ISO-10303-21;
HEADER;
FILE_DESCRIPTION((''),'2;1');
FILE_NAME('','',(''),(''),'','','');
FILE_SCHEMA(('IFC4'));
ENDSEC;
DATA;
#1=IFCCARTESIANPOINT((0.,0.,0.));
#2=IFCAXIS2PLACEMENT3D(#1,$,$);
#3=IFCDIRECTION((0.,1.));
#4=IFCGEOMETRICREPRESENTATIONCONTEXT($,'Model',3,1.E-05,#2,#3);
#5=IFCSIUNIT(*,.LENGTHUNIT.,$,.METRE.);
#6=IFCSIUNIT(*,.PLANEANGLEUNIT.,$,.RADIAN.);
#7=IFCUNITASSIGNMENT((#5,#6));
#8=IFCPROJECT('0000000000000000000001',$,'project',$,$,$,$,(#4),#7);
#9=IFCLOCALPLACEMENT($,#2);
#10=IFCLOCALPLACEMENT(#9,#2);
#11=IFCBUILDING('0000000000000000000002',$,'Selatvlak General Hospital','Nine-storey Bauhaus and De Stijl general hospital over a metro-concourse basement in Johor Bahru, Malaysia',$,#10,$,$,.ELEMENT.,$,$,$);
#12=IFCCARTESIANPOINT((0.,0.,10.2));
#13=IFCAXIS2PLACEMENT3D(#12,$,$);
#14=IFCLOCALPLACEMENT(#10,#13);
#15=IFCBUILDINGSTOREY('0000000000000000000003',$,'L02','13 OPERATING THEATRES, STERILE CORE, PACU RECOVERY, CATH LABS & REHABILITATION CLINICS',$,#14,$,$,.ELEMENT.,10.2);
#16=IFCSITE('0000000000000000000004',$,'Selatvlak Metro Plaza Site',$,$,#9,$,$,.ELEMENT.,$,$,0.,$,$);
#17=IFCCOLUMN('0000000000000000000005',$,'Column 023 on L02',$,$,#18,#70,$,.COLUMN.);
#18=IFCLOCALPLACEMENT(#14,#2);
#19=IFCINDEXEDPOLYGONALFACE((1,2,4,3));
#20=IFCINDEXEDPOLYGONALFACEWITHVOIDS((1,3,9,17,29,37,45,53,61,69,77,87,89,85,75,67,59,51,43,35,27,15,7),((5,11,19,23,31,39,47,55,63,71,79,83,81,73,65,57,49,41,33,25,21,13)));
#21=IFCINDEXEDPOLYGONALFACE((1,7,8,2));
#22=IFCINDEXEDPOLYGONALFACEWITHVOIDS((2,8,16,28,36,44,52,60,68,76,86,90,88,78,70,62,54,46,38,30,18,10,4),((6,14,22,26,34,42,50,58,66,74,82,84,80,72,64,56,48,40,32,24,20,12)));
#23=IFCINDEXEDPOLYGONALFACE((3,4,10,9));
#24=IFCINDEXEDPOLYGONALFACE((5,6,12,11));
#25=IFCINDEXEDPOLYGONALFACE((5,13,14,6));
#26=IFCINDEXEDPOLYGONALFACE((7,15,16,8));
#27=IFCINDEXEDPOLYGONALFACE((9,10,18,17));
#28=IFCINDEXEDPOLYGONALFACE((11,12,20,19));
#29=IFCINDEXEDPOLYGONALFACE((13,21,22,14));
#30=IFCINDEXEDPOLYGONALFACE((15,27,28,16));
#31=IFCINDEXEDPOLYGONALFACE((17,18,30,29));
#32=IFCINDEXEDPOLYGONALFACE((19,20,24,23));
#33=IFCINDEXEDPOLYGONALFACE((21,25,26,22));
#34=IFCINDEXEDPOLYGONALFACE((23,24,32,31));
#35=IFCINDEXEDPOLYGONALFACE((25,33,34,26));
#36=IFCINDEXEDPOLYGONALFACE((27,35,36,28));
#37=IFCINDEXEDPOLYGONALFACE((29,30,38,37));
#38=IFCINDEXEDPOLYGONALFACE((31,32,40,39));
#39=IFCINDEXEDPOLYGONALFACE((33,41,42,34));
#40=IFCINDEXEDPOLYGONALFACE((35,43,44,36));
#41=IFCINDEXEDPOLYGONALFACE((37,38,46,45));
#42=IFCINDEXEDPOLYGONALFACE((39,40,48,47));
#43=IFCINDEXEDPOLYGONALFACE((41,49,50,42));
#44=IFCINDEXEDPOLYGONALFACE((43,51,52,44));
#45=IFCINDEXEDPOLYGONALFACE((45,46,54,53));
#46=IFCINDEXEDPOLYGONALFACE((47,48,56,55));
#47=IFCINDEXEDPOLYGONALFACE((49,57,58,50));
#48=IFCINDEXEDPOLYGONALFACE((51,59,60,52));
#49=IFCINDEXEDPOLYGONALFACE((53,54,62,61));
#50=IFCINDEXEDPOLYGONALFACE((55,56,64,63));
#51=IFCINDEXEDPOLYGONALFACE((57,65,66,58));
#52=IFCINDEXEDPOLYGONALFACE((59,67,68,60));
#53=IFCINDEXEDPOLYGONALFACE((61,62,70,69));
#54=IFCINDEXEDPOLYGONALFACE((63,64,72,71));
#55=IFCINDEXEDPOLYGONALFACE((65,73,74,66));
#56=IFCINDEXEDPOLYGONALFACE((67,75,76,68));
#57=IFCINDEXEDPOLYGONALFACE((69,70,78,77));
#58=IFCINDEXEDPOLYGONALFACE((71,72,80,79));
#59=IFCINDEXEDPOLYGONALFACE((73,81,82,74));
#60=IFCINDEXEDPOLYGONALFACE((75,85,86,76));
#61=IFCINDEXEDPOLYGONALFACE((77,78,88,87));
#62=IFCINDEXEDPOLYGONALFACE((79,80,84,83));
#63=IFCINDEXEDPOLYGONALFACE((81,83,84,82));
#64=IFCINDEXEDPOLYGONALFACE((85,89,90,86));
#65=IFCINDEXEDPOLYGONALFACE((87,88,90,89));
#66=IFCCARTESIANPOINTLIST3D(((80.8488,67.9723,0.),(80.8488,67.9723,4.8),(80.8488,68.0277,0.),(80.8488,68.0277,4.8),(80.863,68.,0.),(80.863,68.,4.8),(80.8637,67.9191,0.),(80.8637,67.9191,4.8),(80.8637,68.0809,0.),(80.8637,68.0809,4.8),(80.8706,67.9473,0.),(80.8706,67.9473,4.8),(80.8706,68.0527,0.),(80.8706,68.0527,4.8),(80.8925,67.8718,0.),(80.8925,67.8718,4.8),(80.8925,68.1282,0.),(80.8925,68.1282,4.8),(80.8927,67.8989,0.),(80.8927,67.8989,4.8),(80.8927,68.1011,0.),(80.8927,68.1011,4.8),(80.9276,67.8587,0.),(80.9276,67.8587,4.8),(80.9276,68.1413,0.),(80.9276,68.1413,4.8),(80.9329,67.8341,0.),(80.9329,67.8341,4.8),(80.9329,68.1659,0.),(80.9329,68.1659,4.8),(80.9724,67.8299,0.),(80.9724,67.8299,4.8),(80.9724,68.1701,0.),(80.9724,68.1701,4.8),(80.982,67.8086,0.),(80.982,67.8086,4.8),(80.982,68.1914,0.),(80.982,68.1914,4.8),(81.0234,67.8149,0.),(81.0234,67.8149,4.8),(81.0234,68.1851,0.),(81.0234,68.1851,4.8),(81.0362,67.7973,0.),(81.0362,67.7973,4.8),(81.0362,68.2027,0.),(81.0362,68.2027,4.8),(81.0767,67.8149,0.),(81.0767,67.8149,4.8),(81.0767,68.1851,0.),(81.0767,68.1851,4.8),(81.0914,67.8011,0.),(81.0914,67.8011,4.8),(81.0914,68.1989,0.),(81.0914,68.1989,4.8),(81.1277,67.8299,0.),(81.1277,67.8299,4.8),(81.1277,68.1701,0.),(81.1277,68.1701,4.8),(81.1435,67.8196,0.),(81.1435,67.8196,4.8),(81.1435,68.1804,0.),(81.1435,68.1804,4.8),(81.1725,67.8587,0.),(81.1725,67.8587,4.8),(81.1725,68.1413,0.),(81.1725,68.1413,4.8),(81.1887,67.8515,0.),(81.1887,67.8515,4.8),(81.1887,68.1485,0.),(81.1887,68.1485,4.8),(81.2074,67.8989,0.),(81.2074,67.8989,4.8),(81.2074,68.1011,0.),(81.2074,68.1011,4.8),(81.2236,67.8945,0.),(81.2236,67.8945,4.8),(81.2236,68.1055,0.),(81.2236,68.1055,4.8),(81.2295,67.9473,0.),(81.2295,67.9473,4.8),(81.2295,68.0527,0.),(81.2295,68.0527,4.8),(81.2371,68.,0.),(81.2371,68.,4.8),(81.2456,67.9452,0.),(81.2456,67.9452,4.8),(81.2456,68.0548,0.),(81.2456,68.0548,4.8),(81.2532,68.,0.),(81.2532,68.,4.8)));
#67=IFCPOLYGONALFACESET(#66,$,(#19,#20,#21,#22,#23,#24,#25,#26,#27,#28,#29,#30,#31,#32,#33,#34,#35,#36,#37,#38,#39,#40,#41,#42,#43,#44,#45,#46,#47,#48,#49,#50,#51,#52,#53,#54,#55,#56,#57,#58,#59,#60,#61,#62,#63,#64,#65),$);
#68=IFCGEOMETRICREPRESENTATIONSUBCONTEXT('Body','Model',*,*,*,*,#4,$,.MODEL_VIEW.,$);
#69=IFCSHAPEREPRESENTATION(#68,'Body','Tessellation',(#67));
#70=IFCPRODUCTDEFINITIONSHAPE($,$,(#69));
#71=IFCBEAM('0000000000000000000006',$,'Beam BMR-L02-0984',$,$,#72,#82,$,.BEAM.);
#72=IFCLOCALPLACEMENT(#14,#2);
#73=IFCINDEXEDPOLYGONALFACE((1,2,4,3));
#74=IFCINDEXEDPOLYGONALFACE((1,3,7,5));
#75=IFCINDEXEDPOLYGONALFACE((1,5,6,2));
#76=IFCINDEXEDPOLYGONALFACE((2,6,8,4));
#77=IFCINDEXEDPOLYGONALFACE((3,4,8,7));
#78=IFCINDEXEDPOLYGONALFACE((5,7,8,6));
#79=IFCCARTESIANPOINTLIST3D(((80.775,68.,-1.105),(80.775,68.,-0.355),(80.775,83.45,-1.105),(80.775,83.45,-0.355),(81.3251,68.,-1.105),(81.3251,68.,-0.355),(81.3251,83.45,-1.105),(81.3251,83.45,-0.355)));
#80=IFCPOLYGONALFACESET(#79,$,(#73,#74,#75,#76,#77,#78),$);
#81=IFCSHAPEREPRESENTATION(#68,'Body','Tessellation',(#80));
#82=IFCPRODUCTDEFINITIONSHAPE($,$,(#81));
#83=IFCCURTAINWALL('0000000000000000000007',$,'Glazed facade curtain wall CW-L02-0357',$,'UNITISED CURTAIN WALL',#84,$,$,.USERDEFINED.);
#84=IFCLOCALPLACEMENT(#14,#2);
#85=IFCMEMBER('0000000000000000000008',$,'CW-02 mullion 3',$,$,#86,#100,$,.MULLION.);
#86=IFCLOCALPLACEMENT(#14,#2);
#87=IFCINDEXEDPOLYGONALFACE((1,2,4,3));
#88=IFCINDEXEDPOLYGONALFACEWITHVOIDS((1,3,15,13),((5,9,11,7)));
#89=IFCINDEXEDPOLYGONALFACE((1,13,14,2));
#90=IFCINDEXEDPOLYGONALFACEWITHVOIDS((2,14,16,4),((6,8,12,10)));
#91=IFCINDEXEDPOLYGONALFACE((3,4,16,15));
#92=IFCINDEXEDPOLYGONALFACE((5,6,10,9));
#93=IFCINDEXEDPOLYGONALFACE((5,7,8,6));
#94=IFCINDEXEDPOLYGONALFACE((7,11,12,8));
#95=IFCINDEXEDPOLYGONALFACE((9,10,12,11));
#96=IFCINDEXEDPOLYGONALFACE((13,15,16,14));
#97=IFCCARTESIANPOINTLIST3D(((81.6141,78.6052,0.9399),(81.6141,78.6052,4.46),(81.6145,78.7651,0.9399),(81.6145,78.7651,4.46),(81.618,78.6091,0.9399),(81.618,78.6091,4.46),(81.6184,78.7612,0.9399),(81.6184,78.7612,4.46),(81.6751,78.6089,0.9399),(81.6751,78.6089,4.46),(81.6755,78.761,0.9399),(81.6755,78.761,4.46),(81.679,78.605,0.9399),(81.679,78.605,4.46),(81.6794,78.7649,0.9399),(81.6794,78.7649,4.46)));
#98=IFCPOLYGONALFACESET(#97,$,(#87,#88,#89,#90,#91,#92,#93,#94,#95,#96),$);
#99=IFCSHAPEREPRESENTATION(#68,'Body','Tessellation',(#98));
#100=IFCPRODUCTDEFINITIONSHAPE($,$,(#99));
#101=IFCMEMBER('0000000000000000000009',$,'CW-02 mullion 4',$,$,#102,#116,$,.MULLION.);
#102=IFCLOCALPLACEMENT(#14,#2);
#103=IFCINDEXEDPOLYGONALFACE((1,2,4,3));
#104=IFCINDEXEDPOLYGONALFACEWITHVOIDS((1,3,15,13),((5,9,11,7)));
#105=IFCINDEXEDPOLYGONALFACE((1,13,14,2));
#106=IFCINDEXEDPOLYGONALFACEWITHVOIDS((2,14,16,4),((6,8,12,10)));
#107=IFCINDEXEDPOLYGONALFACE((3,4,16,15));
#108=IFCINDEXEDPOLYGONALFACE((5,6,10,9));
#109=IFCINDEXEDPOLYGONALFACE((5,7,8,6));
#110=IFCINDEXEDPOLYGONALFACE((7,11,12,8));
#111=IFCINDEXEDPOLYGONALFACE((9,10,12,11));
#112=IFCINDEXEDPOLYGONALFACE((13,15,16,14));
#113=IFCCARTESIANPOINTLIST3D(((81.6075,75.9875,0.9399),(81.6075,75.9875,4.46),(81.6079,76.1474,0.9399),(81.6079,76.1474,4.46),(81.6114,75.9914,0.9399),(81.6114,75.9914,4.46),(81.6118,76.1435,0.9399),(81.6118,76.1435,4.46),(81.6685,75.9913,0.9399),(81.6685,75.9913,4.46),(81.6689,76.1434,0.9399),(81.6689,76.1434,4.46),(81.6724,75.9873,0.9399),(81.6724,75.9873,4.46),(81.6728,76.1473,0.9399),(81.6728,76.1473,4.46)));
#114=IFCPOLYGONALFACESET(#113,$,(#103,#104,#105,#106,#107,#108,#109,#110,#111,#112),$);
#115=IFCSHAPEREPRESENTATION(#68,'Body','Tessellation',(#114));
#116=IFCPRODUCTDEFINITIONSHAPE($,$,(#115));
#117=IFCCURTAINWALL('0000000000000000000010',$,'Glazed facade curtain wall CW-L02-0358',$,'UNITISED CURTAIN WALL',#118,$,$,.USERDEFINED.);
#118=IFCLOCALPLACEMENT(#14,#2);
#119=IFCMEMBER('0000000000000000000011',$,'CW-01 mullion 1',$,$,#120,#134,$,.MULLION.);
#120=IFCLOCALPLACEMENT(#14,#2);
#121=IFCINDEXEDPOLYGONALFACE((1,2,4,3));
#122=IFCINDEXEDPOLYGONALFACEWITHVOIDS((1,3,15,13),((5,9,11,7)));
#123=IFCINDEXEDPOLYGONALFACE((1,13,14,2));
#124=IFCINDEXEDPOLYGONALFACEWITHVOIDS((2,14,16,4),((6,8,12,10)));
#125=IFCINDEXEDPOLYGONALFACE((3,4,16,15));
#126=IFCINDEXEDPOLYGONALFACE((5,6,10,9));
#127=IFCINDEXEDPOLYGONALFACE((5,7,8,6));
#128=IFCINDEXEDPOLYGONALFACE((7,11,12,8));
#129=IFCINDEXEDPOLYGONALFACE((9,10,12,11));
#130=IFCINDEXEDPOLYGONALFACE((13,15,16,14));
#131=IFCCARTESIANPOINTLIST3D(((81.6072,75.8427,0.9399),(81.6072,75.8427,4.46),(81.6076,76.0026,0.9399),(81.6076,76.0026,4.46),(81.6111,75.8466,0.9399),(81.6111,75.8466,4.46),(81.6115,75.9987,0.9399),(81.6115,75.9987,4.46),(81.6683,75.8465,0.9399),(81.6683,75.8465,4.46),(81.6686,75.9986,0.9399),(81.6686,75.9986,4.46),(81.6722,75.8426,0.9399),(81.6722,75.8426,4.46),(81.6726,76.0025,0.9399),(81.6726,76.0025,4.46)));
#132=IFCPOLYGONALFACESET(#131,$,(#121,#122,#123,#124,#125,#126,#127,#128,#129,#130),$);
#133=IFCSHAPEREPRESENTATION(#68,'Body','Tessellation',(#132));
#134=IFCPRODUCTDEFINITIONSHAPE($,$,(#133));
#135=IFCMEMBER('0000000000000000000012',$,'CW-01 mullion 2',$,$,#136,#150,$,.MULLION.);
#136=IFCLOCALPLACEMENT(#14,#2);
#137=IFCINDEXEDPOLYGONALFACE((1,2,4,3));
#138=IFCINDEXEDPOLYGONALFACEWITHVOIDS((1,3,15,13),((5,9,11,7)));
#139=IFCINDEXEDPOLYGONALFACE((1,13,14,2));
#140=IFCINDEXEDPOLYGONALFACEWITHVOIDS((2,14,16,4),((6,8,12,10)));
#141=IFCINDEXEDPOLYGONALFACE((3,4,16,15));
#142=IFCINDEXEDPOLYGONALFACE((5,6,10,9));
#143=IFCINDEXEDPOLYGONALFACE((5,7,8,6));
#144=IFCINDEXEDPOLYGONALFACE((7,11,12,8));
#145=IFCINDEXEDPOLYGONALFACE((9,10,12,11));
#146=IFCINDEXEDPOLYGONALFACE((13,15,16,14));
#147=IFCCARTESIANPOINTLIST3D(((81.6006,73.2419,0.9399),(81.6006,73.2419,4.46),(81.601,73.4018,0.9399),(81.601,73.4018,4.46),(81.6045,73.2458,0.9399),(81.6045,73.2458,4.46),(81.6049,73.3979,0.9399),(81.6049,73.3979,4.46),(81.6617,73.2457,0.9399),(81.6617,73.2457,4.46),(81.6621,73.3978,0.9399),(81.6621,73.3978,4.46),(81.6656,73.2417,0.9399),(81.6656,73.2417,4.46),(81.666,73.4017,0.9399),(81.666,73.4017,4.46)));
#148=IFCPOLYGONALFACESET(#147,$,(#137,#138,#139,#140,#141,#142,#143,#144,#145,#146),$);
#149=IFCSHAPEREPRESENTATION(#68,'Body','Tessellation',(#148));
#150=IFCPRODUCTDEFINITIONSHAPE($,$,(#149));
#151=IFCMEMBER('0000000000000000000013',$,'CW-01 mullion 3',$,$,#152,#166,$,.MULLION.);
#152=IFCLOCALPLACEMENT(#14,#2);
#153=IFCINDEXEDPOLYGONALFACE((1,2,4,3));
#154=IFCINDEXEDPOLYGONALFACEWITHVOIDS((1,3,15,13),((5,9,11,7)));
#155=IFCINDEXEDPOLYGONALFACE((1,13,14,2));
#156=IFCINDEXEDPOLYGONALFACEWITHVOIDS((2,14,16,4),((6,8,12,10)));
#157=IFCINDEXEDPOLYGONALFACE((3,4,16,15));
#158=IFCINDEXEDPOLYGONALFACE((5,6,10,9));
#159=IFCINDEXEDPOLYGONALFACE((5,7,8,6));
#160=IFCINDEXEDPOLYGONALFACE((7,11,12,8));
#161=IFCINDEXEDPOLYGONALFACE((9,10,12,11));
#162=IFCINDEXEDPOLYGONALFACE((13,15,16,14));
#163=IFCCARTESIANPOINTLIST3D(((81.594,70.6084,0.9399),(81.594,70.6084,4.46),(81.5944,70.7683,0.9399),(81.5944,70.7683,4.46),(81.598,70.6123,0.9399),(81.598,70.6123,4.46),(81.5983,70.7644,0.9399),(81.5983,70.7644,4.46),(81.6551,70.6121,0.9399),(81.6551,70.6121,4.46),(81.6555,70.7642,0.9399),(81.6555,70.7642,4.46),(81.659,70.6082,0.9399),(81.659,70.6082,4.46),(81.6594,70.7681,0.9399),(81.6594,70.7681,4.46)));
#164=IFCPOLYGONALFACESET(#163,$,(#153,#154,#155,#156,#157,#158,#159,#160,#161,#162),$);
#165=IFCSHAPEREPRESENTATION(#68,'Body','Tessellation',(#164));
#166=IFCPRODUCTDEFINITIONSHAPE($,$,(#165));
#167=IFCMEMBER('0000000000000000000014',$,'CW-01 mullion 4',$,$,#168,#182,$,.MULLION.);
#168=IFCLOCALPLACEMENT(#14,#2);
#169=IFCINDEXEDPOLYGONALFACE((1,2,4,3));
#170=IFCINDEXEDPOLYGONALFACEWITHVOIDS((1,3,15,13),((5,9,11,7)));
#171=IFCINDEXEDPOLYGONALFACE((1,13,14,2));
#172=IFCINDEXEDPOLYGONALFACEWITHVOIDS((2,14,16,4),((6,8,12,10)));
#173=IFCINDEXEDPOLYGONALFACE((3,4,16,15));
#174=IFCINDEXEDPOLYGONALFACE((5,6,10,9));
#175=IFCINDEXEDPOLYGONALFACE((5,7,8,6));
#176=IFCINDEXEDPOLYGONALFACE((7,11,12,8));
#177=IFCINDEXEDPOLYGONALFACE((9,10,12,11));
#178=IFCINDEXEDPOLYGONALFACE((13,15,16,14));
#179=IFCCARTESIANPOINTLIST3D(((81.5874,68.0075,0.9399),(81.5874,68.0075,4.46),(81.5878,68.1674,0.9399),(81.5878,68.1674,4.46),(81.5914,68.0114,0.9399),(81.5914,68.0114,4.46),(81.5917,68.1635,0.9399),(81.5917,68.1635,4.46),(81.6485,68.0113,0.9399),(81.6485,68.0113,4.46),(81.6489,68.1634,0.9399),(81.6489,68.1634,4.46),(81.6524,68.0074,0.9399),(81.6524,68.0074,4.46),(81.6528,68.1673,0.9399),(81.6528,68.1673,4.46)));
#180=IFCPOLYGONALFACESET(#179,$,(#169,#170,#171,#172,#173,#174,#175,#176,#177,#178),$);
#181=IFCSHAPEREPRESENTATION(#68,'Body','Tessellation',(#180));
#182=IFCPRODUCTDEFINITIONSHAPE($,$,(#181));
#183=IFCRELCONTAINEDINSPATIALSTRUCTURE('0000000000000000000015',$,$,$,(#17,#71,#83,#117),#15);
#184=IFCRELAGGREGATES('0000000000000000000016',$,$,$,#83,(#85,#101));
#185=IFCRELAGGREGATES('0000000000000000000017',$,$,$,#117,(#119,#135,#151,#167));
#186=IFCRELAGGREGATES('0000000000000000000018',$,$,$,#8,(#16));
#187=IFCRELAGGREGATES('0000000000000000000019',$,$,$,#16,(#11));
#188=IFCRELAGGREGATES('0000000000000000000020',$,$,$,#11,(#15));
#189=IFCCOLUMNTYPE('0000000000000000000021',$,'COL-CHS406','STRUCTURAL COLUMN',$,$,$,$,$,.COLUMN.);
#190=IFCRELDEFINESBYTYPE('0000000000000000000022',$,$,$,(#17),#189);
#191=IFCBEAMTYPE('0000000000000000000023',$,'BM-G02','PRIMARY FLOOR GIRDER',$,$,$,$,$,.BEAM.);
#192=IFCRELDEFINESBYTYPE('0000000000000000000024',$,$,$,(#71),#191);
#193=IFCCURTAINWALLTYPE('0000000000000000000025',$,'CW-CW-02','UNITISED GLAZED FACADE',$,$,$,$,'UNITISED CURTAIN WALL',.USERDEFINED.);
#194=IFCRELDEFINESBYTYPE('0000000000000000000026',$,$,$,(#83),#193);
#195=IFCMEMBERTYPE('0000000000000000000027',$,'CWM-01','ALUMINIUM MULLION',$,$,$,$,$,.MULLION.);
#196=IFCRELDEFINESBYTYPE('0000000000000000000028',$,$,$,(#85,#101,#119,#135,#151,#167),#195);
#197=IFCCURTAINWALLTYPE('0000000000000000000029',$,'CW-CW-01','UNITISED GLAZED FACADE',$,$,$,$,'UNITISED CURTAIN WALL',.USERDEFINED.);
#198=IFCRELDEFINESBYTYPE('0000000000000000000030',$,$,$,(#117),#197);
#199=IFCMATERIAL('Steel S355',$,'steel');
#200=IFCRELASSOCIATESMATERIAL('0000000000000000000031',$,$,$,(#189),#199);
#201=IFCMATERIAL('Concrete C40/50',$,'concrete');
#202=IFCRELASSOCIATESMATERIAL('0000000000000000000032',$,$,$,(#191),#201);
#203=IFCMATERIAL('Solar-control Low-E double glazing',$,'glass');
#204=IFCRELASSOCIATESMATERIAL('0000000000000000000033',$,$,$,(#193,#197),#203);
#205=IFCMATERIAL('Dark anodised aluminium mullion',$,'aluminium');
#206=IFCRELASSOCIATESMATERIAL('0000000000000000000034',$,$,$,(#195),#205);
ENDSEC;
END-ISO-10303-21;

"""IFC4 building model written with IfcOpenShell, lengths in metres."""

from ifc_helpers import new_model, si_unit, direction, frame, origin, origin_2d, place, context, subcontext, project, spatial, rectangle, hollow_rectangle, hollow_circle, extrude, material, material_profile, profile_set, type_object, element, aggregate, save


model = new_model("IFC4")

# Units and contexts
model_context = context("Model", 3, precision=1e-05, world=origin(), true_north=direction((0.0, 1.0)))
body_context = subcontext(model_context, "Body", "Model", "MODEL_VIEW")
ifc_project = project(units=[si_unit("LENGTHUNIT", "METRE"), si_unit("PLANEANGLEUNIT", "RADIAN")], contexts=[model_context])

# Site, building, storey
site_placement = place(None, origin())
site = spatial("IfcSite", under=ifc_project, at=site_placement, Name="Selatvlak Metro Plaza Site", CompositionType="ELEMENT", RefElevation=0.0)
building_placement = place(site_placement, origin())
building = spatial("IfcBuilding", under=site, at=building_placement, Name="Selatvlak General Hospital", Description="Nine-storey Bauhaus and De Stijl general hospital over a metro-concourse basement in Johor Bahru, Malaysia", CompositionType="ELEMENT")
storey_placement = place(building_placement, frame((0.0, 0.0, 10.2)))
storey = spatial("IfcBuildingStorey", under=building, at=storey_placement, Name="L02", Description="13 OPERATING THEATRES, STERILE CORE, PACU RECOVERY, CATH LABS & REHABILITATION CLINICS", CompositionType="ELEMENT", Elevation=10.2)

# Column
ifc_material_1 = material(Name="Steel S355", Category="steel")
ifc_material_profile_1 = material_profile(ifc_material_1, hollow_circle(Radius=0.2031, WallThickness=0.0161, at=origin_2d()), Name="CHS 406.4x16")
ifc_profile_set_1 = profile_set([ifc_material_profile_1], Name="Steel S355")
column_type = type_object("IfcColumnType", Name="COL-CHS406", Description="STRUCTURAL COLUMN", PredefinedType="COLUMN", material=ifc_profile_set_1)
column_placement = place(storey_placement, frame((81.05, 68.0, 0.0), z_axis=(0.0, 0.0, 1.0), x_axis=(1.0, 0.0, 0.0)))
element("IfcColumn", 1, at=column_placement, inside=storey, type_object=column_type, Name="Column 023 on L02", PredefinedType="COLUMN", context=body_context, shape_type="SweptSolid", body=[
    extrude(hollow_circle(Radius=0.2031, WallThickness=0.0161, at=origin_2d()), origin(), (0.0, 0.0, 1.0), 4.8),
])

# Beam
ifc_material_2 = material(Name="Concrete C40/50", Category="concrete")
ifc_material_profile_2 = material_profile(ifc_material_2, rectangle(XDim=0.55, YDim=0.75, at=origin_2d()), Name="RC-BM 550x750")
ifc_profile_set_2 = profile_set([ifc_material_profile_2], Name="Concrete C40/50")
beam_type = type_object("IfcBeamType", Name="BM-G02", Description="PRIMARY FLOOR GIRDER", PredefinedType="BEAM", material=ifc_profile_set_2)
beam_placement = place(storey_placement, frame((81.05, 68.0, -0.73), z_axis=(0.0, 1.0, 0.0), x_axis=(-1.0, 0.0, 0.0)))
element("IfcBeam", 2, at=beam_placement, inside=storey, type_object=beam_type, Name="Beam BMR-L02-0984", PredefinedType="BEAM", context=body_context, shape_type="SweptSolid", body=[
    extrude(rectangle(XDim=0.55, YDim=0.75, at=origin_2d()), origin(), (0.0, 0.0, 1.0), 15.45),
])

# Curtain walls, members
ifc_material_3 = material(Name="Solar-control Low-E double glazing", Category="glass")
curtain_wall_type_1 = type_object("IfcCurtainWallType", Name="CW-CW-02", Description="UNITISED GLAZED FACADE", ElementType="UNITISED CURTAIN WALL", PredefinedType="USERDEFINED", material=ifc_material_3)
curtain_wall_1_placement = place(storey_placement, origin())
curtain_wall_1 = element("IfcCurtainWall", 3, at=curtain_wall_1_placement, inside=storey, type_object=curtain_wall_type_1, Name="Glazed facade curtain wall CW-L02-0357", ObjectType="UNITISED CURTAIN WALL", PredefinedType="USERDEFINED")
ifc_material_4 = material(Name="Dark anodised aluminium mullion", Category="aluminium")
ifc_material_profile_3 = material_profile(ifc_material_4, hollow_rectangle(XDim=0.0649, YDim=0.1599, WallThickness=0.0039, at=origin_2d()), Name="AL-MUL 65x160x4")
ifc_profile_set_3 = profile_set([ifc_material_profile_3], Name="Dark anodised aluminium mullion")
member_type_1 = type_object("IfcMemberType", Name="CWM-01", Description="ALUMINIUM MULLION", PredefinedType="MULLION", material=ifc_profile_set_3)
member_1_placement = place(storey_placement, frame((81.6467, 78.6851, 0.9399), z_axis=(0.0, 0.0, 1.0), x_axis=(0.999997, -0.002516, 0.0)))
member_1 = element("IfcMember", 4, at=member_1_placement, type_object=member_type_1, Name="CW-02 mullion 3", PredefinedType="MULLION", context=body_context, shape_type="SweptSolid", body=[
    extrude(hollow_rectangle(XDim=0.0649, YDim=0.1599, WallThickness=0.0039, at=origin_2d()), origin(), (0.0, 0.0, 1.0), 3.52),
])
member_2_placement = place(storey_placement, frame((81.6401, 76.0674, 0.9399), z_axis=(0.0, 0.0, 1.0), x_axis=(0.999997, -0.002516, 0.0)))
member_2 = element("IfcMember", 5, at=member_2_placement, type_object=member_type_1, Name="CW-02 mullion 4", PredefinedType="MULLION", context=body_context, shape_type="SweptSolid", body=[
    extrude(hollow_rectangle(XDim=0.0649, YDim=0.1599, WallThickness=0.0039, at=origin_2d()), origin(), (0.0, 0.0, 1.0), 3.52),
])
curtain_wall_type_2 = type_object("IfcCurtainWallType", Name="CW-CW-01", Description="UNITISED GLAZED FACADE", ElementType="UNITISED CURTAIN WALL", PredefinedType="USERDEFINED", material=ifc_material_3)
curtain_wall_2_placement = place(storey_placement, origin())
curtain_wall_2 = element("IfcCurtainWall", 6, at=curtain_wall_2_placement, inside=storey, type_object=curtain_wall_type_2, Name="Glazed facade curtain wall CW-L02-0358", ObjectType="UNITISED CURTAIN WALL", PredefinedType="USERDEFINED")
member_3_placement = place(storey_placement, frame((81.6399, 75.9226, 0.9399), z_axis=(0.0, 0.0, 1.0), x_axis=(0.999997, -0.002532, 0.0)))
member_3 = element("IfcMember", 7, at=member_3_placement, type_object=member_type_1, Name="CW-01 mullion 1", PredefinedType="MULLION", context=body_context, shape_type="SweptSolid", body=[
    extrude(hollow_rectangle(XDim=0.0649, YDim=0.1599, WallThickness=0.0039, at=origin_2d()), origin(), (0.0, 0.0, 1.0), 3.52),
])
member_4_placement = place(storey_placement, frame((81.6333, 73.3218, 0.9399), z_axis=(0.0, 0.0, 1.0), x_axis=(0.999997, -0.002532, 0.0)))
member_4 = element("IfcMember", 8, at=member_4_placement, type_object=member_type_1, Name="CW-01 mullion 2", PredefinedType="MULLION", context=body_context, shape_type="SweptSolid", body=[
    extrude(hollow_rectangle(XDim=0.0649, YDim=0.1599, WallThickness=0.0039, at=origin_2d()), origin(), (0.0, 0.0, 1.0), 3.52),
])
member_5_placement = place(storey_placement, frame((81.6267, 70.6882, 0.9399), z_axis=(0.0, 0.0, 1.0), x_axis=(0.999997, -0.002532, 0.0)))
member_5 = element("IfcMember", 9, at=member_5_placement, type_object=member_type_1, Name="CW-01 mullion 3", PredefinedType="MULLION", context=body_context, shape_type="SweptSolid", body=[
    extrude(hollow_rectangle(XDim=0.0649, YDim=0.1599, WallThickness=0.0039, at=origin_2d()), origin(), (0.0, 0.0, 1.0), 3.52),
])
member_6_placement = place(storey_placement, frame((81.6201, 68.0874, 0.9399), z_axis=(0.0, 0.0, 1.0), x_axis=(0.999997, -0.002532, 0.0)))
member_6 = element("IfcMember", 10, at=member_6_placement, type_object=member_type_1, Name="CW-01 mullion 4", PredefinedType="MULLION", context=body_context, shape_type="SweptSolid", body=[
    extrude(hollow_rectangle(XDim=0.0649, YDim=0.1599, WallThickness=0.0039, at=origin_2d()), origin(), (0.0, 0.0, 1.0), 3.52),
])

aggregate(curtain_wall_1, [member_1, member_2])
aggregate(curtain_wall_2, [member_3, member_4, member_5, member_6])

save(model, "model.ifc")
